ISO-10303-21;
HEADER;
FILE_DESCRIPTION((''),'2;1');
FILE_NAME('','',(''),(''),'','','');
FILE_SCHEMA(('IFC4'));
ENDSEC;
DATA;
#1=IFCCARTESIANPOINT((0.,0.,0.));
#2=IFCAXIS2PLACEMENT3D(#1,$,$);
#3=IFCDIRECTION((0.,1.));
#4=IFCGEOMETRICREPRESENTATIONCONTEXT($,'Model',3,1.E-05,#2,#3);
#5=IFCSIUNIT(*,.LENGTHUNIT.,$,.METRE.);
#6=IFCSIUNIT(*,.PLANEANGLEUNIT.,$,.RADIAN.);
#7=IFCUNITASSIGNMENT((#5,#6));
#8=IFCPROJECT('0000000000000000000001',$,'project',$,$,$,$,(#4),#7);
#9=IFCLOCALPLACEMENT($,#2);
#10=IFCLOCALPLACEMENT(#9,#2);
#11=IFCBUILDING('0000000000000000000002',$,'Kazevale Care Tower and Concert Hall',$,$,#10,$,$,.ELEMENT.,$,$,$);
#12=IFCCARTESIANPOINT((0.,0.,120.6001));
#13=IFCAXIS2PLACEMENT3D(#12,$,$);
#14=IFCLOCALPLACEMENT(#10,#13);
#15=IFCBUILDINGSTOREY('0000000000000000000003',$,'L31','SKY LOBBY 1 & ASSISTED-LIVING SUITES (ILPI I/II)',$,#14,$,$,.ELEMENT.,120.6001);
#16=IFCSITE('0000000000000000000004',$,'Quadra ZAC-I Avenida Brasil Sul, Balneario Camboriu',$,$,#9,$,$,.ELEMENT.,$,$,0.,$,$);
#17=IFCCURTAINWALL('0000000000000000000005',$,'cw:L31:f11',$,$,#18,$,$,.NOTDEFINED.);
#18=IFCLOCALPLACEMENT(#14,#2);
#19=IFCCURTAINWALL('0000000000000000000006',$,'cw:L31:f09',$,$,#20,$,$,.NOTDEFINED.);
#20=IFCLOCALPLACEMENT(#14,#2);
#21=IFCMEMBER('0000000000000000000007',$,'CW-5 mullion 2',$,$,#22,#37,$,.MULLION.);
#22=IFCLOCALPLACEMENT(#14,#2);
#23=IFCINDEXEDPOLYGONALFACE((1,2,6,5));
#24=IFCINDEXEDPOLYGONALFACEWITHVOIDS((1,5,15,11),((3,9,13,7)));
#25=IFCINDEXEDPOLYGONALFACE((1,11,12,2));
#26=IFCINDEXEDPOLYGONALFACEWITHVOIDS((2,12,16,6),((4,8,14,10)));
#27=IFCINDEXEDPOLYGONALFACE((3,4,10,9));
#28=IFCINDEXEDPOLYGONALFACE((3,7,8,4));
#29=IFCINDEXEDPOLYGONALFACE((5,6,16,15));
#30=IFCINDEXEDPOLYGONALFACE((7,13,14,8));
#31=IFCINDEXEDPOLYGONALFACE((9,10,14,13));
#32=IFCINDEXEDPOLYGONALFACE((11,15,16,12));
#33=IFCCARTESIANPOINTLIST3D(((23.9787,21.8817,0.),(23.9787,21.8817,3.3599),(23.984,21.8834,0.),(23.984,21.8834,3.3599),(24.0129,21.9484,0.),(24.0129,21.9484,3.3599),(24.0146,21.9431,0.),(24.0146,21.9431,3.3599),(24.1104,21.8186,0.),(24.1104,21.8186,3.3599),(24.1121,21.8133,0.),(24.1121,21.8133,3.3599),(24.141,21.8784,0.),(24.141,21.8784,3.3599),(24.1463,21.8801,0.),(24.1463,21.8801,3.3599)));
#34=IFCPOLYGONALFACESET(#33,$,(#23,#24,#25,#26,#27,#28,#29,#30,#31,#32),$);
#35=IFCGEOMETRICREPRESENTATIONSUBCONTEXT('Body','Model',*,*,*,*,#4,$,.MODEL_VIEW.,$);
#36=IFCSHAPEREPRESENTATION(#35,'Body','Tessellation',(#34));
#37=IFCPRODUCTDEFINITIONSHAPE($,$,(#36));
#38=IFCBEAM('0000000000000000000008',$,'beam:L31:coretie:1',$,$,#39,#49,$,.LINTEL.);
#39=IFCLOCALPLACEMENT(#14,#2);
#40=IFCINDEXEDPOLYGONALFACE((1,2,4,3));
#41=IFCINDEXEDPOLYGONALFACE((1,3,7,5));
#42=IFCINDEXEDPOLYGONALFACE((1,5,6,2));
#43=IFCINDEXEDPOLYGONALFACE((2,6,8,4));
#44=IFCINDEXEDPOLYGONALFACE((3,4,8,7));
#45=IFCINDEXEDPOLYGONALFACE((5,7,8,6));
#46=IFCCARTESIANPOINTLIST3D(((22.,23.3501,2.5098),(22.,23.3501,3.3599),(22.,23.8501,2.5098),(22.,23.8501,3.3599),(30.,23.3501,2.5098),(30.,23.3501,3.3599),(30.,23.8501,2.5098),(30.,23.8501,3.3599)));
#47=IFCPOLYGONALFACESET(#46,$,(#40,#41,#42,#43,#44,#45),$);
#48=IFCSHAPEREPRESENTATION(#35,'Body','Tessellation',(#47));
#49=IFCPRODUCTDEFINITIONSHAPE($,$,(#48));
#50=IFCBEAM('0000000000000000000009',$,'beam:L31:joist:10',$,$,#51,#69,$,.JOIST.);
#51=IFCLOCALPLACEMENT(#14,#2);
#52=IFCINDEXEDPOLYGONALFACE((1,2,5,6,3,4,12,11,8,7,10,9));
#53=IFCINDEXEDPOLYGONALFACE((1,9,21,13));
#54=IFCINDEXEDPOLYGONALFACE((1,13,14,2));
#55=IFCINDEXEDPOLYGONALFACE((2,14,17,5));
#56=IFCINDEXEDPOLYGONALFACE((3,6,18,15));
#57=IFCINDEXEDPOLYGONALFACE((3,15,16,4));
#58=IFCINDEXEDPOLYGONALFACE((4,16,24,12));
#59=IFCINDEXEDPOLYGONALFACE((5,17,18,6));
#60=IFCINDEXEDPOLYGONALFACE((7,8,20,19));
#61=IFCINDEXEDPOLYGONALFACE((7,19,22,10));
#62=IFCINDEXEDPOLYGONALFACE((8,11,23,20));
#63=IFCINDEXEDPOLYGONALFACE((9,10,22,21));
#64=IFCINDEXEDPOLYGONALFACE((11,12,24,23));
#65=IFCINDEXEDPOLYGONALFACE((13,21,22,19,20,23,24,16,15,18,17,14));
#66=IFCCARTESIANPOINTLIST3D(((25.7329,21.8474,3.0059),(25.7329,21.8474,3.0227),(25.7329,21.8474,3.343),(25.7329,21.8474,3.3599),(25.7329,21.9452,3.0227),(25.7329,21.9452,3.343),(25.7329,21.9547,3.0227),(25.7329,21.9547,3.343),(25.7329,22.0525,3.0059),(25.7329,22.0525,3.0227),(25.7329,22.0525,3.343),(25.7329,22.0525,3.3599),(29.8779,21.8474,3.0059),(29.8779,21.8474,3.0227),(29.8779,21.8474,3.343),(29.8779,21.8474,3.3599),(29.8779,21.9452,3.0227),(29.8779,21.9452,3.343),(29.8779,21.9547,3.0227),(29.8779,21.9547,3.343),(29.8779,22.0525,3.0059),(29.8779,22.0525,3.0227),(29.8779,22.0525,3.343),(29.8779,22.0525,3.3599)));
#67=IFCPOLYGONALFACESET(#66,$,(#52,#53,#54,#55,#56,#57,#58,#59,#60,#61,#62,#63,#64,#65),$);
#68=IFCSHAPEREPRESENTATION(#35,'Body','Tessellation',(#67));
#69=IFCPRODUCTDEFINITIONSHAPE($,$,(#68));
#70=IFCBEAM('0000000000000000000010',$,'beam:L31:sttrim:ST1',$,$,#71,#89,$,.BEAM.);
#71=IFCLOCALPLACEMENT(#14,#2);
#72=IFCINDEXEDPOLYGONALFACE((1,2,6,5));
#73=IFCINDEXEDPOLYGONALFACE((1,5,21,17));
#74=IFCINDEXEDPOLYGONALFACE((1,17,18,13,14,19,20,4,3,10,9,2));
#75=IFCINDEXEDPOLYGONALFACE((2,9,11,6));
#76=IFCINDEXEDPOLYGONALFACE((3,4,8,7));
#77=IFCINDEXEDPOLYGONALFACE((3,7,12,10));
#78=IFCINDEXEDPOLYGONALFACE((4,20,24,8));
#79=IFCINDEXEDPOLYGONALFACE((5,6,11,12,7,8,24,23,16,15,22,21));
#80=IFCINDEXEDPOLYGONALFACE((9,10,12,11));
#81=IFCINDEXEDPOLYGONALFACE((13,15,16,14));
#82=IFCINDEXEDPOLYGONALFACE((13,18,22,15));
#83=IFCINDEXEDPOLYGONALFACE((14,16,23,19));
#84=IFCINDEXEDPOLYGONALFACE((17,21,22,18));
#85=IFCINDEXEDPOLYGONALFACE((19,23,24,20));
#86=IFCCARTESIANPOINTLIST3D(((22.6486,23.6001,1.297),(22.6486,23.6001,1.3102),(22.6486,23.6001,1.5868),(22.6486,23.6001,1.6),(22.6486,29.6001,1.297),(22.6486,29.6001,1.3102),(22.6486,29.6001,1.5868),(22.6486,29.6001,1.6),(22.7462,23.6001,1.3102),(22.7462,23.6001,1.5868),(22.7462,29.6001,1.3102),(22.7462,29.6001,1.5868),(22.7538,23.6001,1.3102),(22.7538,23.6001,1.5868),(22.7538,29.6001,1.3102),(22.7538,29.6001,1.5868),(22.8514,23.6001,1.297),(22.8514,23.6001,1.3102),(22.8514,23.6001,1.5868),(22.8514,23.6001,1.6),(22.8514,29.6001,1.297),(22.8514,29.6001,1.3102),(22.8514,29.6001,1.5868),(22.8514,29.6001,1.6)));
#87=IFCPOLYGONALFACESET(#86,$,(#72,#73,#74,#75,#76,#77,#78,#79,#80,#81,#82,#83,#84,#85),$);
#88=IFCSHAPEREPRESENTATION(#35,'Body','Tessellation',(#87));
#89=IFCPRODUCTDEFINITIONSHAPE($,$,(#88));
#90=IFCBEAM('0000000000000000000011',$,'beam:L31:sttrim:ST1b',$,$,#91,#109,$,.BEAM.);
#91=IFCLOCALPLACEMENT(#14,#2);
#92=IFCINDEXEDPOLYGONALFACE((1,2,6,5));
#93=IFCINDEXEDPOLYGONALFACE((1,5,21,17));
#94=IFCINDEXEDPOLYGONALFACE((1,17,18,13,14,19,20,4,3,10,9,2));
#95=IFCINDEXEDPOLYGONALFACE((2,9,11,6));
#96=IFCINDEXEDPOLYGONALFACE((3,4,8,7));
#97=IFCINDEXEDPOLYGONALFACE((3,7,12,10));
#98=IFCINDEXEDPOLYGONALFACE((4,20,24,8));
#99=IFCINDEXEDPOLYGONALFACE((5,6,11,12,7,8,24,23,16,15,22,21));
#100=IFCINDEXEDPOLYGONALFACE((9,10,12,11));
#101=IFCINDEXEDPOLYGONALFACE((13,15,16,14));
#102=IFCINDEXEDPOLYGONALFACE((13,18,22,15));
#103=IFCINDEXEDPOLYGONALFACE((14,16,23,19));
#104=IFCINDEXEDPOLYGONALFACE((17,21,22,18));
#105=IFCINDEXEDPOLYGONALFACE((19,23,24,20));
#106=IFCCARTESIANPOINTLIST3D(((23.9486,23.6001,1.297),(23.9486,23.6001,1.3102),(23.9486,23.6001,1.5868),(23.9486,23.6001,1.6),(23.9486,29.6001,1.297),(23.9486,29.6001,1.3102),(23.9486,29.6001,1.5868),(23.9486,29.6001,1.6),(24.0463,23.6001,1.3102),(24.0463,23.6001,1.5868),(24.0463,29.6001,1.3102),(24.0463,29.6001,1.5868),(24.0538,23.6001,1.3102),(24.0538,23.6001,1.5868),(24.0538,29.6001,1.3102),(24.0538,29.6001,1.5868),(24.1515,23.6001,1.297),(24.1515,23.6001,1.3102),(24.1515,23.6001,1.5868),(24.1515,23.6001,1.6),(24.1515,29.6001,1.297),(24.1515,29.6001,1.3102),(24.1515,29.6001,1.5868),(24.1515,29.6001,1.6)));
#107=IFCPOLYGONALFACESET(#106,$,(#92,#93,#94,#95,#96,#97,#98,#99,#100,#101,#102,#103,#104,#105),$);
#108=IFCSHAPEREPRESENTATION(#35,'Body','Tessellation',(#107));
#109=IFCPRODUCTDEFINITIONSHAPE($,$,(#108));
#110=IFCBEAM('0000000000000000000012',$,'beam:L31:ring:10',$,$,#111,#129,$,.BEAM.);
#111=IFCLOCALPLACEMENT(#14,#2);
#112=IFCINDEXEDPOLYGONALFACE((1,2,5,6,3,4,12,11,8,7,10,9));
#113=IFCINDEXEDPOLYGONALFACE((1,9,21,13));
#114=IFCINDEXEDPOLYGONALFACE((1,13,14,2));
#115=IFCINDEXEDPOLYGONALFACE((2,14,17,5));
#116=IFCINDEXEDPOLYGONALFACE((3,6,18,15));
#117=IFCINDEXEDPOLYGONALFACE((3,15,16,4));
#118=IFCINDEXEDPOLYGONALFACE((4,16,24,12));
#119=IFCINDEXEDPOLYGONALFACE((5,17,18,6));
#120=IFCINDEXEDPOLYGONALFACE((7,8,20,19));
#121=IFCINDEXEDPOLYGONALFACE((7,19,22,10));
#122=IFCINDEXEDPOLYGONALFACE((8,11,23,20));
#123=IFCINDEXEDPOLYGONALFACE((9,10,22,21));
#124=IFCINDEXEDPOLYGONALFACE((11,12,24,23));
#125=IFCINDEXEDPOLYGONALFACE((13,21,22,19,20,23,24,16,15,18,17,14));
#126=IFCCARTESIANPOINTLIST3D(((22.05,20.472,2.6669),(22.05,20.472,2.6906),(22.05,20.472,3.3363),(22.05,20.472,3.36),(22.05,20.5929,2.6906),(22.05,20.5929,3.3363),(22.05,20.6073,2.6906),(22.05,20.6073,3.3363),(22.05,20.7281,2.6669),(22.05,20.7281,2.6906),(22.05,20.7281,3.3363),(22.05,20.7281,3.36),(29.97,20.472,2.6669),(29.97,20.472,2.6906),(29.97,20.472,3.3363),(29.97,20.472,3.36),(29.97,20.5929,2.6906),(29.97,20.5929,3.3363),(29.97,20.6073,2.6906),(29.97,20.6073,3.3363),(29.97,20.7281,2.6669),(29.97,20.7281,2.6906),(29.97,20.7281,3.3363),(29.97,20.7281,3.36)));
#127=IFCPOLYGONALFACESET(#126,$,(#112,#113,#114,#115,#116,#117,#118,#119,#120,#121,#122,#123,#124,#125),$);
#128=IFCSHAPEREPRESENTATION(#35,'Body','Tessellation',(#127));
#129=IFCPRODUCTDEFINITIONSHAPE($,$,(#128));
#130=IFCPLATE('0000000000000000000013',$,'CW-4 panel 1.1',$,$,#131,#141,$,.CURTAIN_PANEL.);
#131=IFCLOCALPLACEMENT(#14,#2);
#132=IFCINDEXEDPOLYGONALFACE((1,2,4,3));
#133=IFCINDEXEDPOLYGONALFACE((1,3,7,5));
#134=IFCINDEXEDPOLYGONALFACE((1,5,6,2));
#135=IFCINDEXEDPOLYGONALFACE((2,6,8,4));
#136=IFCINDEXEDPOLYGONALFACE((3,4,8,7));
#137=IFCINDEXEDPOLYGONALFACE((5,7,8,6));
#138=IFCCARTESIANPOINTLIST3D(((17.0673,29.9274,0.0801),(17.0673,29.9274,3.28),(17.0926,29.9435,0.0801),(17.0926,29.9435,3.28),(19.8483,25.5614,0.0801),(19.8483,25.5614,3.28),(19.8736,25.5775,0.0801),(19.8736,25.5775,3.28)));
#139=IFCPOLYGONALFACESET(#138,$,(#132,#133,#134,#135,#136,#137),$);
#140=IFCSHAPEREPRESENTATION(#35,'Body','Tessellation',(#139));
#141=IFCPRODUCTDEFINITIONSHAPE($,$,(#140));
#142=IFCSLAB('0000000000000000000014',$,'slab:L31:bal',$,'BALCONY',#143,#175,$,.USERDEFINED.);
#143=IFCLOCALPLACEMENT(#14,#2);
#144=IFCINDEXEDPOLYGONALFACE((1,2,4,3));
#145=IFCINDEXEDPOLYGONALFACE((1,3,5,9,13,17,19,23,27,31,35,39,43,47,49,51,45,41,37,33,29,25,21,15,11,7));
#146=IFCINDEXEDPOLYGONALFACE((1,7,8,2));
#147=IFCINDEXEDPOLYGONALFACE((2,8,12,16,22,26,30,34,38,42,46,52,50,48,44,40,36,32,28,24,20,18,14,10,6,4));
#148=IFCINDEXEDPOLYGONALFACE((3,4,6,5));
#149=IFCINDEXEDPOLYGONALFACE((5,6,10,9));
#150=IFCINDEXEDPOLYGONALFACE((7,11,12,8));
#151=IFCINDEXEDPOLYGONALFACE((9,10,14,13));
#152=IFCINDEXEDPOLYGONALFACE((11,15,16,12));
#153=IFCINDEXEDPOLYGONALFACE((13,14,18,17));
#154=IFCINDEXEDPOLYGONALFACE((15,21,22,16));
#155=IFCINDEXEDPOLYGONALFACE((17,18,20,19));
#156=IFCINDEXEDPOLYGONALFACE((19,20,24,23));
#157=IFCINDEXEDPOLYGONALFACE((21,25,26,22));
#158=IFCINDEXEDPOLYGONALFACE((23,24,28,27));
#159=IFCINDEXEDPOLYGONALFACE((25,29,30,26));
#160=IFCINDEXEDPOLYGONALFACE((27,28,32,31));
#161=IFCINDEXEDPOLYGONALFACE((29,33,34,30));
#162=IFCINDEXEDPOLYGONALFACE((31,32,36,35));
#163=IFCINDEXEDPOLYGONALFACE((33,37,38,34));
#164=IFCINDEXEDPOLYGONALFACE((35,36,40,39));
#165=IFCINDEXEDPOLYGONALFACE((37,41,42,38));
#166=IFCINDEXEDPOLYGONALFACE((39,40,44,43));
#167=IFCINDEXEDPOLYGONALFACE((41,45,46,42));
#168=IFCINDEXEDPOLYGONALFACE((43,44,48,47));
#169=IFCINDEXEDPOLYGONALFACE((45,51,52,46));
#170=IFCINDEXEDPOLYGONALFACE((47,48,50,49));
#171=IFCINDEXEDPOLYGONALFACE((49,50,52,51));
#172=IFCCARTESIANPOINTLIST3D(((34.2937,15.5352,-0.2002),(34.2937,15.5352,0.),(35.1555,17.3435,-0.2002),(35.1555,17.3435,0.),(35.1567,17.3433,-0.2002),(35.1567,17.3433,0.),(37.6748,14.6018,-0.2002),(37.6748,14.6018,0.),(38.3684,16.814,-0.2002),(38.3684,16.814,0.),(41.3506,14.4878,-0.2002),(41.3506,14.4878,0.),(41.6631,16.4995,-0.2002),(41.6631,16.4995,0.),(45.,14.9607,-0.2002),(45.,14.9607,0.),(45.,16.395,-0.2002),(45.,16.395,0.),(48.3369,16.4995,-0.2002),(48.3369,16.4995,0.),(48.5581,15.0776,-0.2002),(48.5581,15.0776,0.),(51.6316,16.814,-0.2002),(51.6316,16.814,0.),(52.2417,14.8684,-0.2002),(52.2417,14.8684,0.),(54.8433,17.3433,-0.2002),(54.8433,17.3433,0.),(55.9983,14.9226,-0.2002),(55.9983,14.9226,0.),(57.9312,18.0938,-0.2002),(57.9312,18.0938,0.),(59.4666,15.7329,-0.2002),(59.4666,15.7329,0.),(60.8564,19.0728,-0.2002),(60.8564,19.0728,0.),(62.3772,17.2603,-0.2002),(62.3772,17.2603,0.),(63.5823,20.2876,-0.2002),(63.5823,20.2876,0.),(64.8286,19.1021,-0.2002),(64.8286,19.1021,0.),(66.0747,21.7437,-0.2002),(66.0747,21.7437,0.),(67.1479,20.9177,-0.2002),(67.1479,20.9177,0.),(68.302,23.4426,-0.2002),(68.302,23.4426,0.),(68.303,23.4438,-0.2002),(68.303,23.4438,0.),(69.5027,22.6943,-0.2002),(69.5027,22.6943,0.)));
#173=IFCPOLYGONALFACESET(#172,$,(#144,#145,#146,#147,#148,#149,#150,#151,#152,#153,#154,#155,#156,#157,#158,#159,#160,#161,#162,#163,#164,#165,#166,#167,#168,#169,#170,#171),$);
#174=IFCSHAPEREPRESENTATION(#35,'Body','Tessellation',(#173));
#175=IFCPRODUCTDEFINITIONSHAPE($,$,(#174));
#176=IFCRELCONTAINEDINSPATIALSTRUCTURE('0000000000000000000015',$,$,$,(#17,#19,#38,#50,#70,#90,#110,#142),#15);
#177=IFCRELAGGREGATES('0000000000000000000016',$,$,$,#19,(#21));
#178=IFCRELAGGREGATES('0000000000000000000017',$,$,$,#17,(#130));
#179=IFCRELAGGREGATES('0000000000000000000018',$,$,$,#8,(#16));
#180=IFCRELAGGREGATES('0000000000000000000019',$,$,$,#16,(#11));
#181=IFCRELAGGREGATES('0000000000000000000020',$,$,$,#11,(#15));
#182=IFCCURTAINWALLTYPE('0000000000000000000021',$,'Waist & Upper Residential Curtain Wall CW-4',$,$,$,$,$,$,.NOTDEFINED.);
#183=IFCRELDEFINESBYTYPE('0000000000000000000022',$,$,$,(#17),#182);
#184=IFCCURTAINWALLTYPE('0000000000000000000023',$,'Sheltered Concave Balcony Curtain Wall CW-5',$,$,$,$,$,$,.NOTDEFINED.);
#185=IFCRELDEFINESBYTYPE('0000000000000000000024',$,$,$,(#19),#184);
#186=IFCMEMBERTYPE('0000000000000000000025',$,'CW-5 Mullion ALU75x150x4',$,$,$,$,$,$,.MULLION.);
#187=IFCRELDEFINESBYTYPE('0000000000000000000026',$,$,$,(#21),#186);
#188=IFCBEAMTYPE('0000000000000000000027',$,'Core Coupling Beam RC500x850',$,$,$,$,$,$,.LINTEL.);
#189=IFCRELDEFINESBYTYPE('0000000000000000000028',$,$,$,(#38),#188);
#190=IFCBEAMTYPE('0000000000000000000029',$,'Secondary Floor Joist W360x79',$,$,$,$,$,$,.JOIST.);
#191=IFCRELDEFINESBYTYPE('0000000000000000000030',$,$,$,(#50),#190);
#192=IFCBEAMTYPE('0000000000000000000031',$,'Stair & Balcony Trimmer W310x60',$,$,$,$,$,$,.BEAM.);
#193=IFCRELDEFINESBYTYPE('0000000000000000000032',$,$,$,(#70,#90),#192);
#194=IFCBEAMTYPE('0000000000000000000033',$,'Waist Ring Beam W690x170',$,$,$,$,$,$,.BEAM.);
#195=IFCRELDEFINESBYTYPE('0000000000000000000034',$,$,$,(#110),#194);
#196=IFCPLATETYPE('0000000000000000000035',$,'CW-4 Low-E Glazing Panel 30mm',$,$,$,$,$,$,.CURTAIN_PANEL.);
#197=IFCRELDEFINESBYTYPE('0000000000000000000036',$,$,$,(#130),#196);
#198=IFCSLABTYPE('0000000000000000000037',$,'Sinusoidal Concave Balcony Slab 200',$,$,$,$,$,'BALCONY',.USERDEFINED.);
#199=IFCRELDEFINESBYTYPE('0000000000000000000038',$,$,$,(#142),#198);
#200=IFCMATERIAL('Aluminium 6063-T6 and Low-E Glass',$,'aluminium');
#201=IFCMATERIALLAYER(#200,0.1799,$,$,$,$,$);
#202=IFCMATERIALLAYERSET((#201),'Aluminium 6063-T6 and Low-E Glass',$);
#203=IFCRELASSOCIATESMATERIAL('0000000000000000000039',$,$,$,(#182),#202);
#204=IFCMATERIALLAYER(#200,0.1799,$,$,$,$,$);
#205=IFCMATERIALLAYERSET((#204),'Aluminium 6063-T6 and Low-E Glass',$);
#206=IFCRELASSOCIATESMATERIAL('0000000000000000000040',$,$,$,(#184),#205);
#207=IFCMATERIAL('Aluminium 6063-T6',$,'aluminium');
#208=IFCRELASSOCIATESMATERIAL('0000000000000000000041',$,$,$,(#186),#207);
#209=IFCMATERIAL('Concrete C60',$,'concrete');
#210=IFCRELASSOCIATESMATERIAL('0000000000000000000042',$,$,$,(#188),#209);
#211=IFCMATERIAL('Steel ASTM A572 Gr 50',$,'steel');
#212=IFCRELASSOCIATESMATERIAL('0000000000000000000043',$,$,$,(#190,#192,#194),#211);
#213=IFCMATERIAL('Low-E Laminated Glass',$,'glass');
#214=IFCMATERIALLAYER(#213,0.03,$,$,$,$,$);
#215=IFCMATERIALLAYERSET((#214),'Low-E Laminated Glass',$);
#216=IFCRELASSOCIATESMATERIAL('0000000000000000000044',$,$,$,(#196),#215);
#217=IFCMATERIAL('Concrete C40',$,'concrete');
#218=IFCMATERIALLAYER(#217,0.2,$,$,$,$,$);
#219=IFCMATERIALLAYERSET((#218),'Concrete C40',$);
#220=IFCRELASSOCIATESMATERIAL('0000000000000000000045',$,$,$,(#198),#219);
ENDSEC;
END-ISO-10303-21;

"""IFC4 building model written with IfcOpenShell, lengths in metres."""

from ifc_helpers import new_model, si_unit, direction, frame, origin, origin_2d, place, context, subcontext, project, spatial, polyline, rectangle, hollow_rectangle, i_section, outline, extrude, material, layer, layer_set, material_profile, profile_set, type_object, element, aggregate, save


model = new_model("IFC4")

# Units and contexts
model_context = context("Model", 3, precision=1e-05, world=origin(), true_north=direction((0.0, 1.0)))
body_context = subcontext(model_context, "Body", "Model", "MODEL_VIEW")
ifc_project = project(units=[si_unit("LENGTHUNIT", "METRE"), si_unit("PLANEANGLEUNIT", "RADIAN")], contexts=[model_context])

# Site, building, storey
site_placement = place(None, origin())
site = spatial("IfcSite", under=ifc_project, at=site_placement, Name="Quadra ZAC-I Avenida Brasil Sul, Balneario Camboriu", CompositionType="ELEMENT", RefElevation=0.0)
building_placement = place(site_placement, origin())
building = spatial("IfcBuilding", under=site, at=building_placement, Name="Kazevale Care Tower and Concert Hall", CompositionType="ELEMENT")
storey_placement = place(building_placement, frame((0.0, 0.0, 120.6001)))
storey = spatial("IfcBuildingStorey", under=building, at=storey_placement, Name="L31", Description="SKY LOBBY 1 & ASSISTED-LIVING SUITES (ILPI I/II)", CompositionType="ELEMENT", Elevation=120.6001)

# Shared definitions
ifc_material_1 = material(Name="Concrete C60", Category="concrete")

# Curtain wall
ifc_material_2 = material(Name="Aluminium 6063-T6 and Low-E Glass", Category="aluminium")
ifc_layer_1 = layer(ifc_material_2, 0.1799)
ifc_layer_set_1 = layer_set([ifc_layer_1], Name="Aluminium 6063-T6 and Low-E Glass")
curtain_wall_type_1 = type_object("IfcCurtainWallType", Name="Waist & Upper Residential Curtain Wall CW-4", PredefinedType="NOTDEFINED", material=ifc_layer_set_1)
curtain_wall_1_placement = place(storey_placement, origin())
curtain_wall_1 = element("IfcCurtainWall", 1, at=curtain_wall_1_placement, inside=storey, type_object=curtain_wall_type_1, Name="cw:L31:f11", PredefinedType="NOTDEFINED")
ifc_material_3 = material(Name="Aluminium 6063-T6", Category="aluminium")

# Curtain wall, member
ifc_layer_2 = layer(ifc_material_2, 0.1799)
ifc_layer_set_2 = layer_set([ifc_layer_2], Name="Aluminium 6063-T6 and Low-E Glass")
curtain_wall_type_2 = type_object("IfcCurtainWallType", Name="Sheltered Concave Balcony Curtain Wall CW-5", PredefinedType="NOTDEFINED", material=ifc_layer_set_2)
curtain_wall_2_placement = place(storey_placement, origin())
curtain_wall_2 = element("IfcCurtainWall", 2, at=curtain_wall_2_placement, inside=storey, type_object=curtain_wall_type_2, Name="cw:L31:f09", PredefinedType="NOTDEFINED")
ifc_material_profile_1 = material_profile(ifc_material_3, hollow_rectangle(XDim=0.075, YDim=0.1499, WallThickness=0.0039, at=origin_2d()), Name="ALU75x150x4")
ifc_profile_set_1 = profile_set([ifc_material_profile_1], Name="Aluminium 6063-T6")
member_type_1 = type_object("IfcMemberType", Name="CW-5 Mullion ALU75x150x4", PredefinedType="MULLION", material=ifc_profile_set_1)
member_1_placement = place(storey_placement, frame((24.0625, 21.8809, 0.0), z_axis=(0.0, 0.0, 1.0), x_axis=(-0.455713, -0.890127, 0.0)))
member_1 = element("IfcMember", 3, at=member_1_placement, type_object=member_type_1, Name="CW-5 mullion 2", PredefinedType="MULLION", context=body_context, shape_type="SweptSolid", body=[
    extrude(hollow_rectangle(XDim=0.075, YDim=0.1499, WallThickness=0.0039, at=origin_2d()), origin(), (0.0, 0.0, 1.0), 3.3599),
])
aggregate(curtain_wall_2, [member_1])

# Beams
ifc_material_profile_2 = material_profile(ifc_material_1, rectangle(XDim=0.5, YDim=0.8501, at=origin_2d()), Name="RC-B500x850")
ifc_profile_set_2 = profile_set([ifc_material_profile_2], Name="Concrete C60")
beam_type_1 = type_object("IfcBeamType", Name="Core Coupling Beam RC500x850", PredefinedType="LINTEL", material=ifc_profile_set_2)
beam_1_placement = place(storey_placement, frame((22.0, 23.6001, 2.9348), z_axis=(1.0, 0.0, 0.0), x_axis=(0.0, 1.0, 0.0)))
element("IfcBeam", 4, at=beam_1_placement, inside=storey, type_object=beam_type_1, Name="beam:L31:coretie:1", PredefinedType="LINTEL", context=body_context, shape_type="SweptSolid", body=[
    extrude(rectangle(XDim=0.5, YDim=0.8501, at=origin_2d()), origin(), (0.0, 0.0, 1.0), 8.0),
])
ifc_material_4 = material(Name="Steel ASTM A572 Gr 50", Category="steel")
ifc_material_profile_3 = material_profile(ifc_material_4, i_section(OverallWidth=0.2051, OverallDepth=0.354, WebThickness=0.0095, FlangeThickness=0.0168, at=origin_2d()), Name="W360x79")
ifc_profile_set_3 = profile_set([ifc_material_profile_3], Name="Steel ASTM A572 Gr 50")
beam_type_2 = type_object("IfcBeamType", Name="Secondary Floor Joist W360x79", PredefinedType="JOIST", material=ifc_profile_set_3)
beam_2_placement = place(storey_placement, frame((25.7329, 21.95, 3.1829), z_axis=(1.0, 0.0, 0.0), x_axis=(0.0, 1.0, 0.0)))
element("IfcBeam", 5, at=beam_2_placement, inside=storey, type_object=beam_type_2, Name="beam:L31:joist:10", PredefinedType="JOIST", context=body_context, shape_type="SweptSolid", body=[
    extrude(i_section(OverallWidth=0.2051, OverallDepth=0.354, WebThickness=0.0095, FlangeThickness=0.0168, at=origin_2d()), origin(), (0.0, 0.0, 1.0), 4.145),
])
ifc_material_profile_4 = material_profile(ifc_material_4, i_section(OverallWidth=0.2029, OverallDepth=0.303, WebThickness=0.0076, FlangeThickness=0.0132, at=origin_2d()), Name="W310x60")
ifc_profile_set_4 = profile_set([ifc_material_profile_4], Name="Steel ASTM A572 Gr 50")
beam_type_3 = type_object("IfcBeamType", Name="Stair & Balcony Trimmer W310x60", PredefinedType="BEAM", material=ifc_profile_set_4)
for number, where, z_axis, x_axis, name in (
    (6, (22.75, 23.6001, 1.4485), (0.0, 1.0, 0.0), (-1.0, 0.0, 0.0), "beam:L31:sttrim:ST1"),
    (7, (24.05, 23.6001, 1.4485), (0.0, 1.0, 0.0), (-1.0, 0.0, 0.0), "beam:L31:sttrim:ST1b"),
):
    element("IfcBeam", number, at=place(storey_placement, frame(where, z_axis=z_axis, x_axis=x_axis)), inside=storey, type_object=beam_type_3, Name=name, PredefinedType="BEAM", context=body_context, shape_type="SweptSolid", body=[
        extrude(i_section(OverallWidth=0.2029, OverallDepth=0.303, WebThickness=0.0076, FlangeThickness=0.0132, at=origin_2d()), origin(), (0.0, 0.0, 1.0), 6.0),
    ])
ifc_material_profile_5 = material_profile(ifc_material_4, i_section(OverallWidth=0.2561, OverallDepth=0.6931, WebThickness=0.0144, FlangeThickness=0.0237, at=origin_2d()), Name="W690x170")
ifc_profile_set_5 = profile_set([ifc_material_profile_5], Name="Steel ASTM A572 Gr 50")
beam_type_4 = type_object("IfcBeamType", Name="Waist Ring Beam W690x170", PredefinedType="BEAM", material=ifc_profile_set_5)
beam_3_placement = place(storey_placement, frame((22.05, 20.6001, 3.0134), z_axis=(1.0, 0.0, 0.0), x_axis=(0.0, 1.0, 0.0)))
element("IfcBeam", 8, at=beam_3_placement, inside=storey, type_object=beam_type_4, Name="beam:L31:ring:10", PredefinedType="BEAM", context=body_context, shape_type="SweptSolid", body=[
    extrude(i_section(OverallWidth=0.2561, OverallDepth=0.6931, WebThickness=0.0144, FlangeThickness=0.0237, at=origin_2d()), origin(), (0.0, 0.0, 1.0), 7.9199),
])

# Plate
ifc_material_5 = material(Name="Low-E Laminated Glass", Category="glass")
ifc_layer_3 = layer(ifc_material_5, 0.03)
ifc_layer_set_3 = layer_set([ifc_layer_3], Name="Low-E Laminated Glass")
plate_type = type_object("IfcPlateType", Name="CW-4 Low-E Glazing Panel 30mm", PredefinedType="CURTAIN_PANEL", material=ifc_layer_set_3)
plate_placement = place(storey_placement, frame((18.4705, 27.7524, 0.0801), z_axis=(0.0, 0.0, 1.0), x_axis=(-0.537239, 0.84343, 0.0)))
plate = element("IfcPlate", 9, at=plate_placement, type_object=plate_type, Name="CW-4 panel 1.1", PredefinedType="CURTAIN_PANEL", context=body_context, shape_type="SweptSolid", body=[
    extrude(rectangle(XDim=5.1765, YDim=0.03, at=origin_2d()), origin(), (0.0, 0.0, 1.0), 3.2),
])
aggregate(curtain_wall_1, [plate])

# Slab
ifc_material_6 = material(Name="Concrete C40", Category="concrete")
ifc_layer_4 = layer(ifc_material_6, 0.2)
ifc_layer_set_4 = layer_set([ifc_layer_4], Name="Concrete C40")
slab_type_1 = type_object("IfcSlabType", Name="Sinusoidal Concave Balcony Slab 200", ElementType="BALCONY", PredefinedType="USERDEFINED", material=ifc_layer_set_4)
slab_1_placement = place(storey_placement, frame((0.0, 0.0, -0.2002)))
element("IfcSlab", 10, at=slab_1_placement, inside=storey, type_object=slab_type_1, Name="slab:L31:bal", ObjectType="BALCONY", PredefinedType="USERDEFINED", context=body_context, shape_type="SweptSolid", body=[
    extrude(outline(polyline([(69.5027, 22.6943), (67.1479, 20.9177), (64.8286, 19.1021), (62.3772, 17.2603), (59.4666, 15.7329), (55.9983, 14.9226), (52.2417, 14.8684), (48.5581, 15.0776), (45.0, 14.9607), (41.3506, 14.4878), (37.6748, 14.6018), (34.2937, 15.5352), (35.1555, 17.3435), (35.1567, 17.3433), (38.3684, 16.814), (41.6631, 16.4995), (45.0, 16.395), (48.3369, 16.4995), (51.6316, 16.814), (54.8433, 17.3433), (57.9312, 18.0938), (60.8564, 19.0728), (63.5823, 20.2876), (66.0747, 21.7437), (68.302, 23.4426), (68.303, 23.4438), (69.5027, 22.6943)])), origin(), (0.0, 0.0, 1.0), 0.2002),
])

save(model, "model.ifc")
